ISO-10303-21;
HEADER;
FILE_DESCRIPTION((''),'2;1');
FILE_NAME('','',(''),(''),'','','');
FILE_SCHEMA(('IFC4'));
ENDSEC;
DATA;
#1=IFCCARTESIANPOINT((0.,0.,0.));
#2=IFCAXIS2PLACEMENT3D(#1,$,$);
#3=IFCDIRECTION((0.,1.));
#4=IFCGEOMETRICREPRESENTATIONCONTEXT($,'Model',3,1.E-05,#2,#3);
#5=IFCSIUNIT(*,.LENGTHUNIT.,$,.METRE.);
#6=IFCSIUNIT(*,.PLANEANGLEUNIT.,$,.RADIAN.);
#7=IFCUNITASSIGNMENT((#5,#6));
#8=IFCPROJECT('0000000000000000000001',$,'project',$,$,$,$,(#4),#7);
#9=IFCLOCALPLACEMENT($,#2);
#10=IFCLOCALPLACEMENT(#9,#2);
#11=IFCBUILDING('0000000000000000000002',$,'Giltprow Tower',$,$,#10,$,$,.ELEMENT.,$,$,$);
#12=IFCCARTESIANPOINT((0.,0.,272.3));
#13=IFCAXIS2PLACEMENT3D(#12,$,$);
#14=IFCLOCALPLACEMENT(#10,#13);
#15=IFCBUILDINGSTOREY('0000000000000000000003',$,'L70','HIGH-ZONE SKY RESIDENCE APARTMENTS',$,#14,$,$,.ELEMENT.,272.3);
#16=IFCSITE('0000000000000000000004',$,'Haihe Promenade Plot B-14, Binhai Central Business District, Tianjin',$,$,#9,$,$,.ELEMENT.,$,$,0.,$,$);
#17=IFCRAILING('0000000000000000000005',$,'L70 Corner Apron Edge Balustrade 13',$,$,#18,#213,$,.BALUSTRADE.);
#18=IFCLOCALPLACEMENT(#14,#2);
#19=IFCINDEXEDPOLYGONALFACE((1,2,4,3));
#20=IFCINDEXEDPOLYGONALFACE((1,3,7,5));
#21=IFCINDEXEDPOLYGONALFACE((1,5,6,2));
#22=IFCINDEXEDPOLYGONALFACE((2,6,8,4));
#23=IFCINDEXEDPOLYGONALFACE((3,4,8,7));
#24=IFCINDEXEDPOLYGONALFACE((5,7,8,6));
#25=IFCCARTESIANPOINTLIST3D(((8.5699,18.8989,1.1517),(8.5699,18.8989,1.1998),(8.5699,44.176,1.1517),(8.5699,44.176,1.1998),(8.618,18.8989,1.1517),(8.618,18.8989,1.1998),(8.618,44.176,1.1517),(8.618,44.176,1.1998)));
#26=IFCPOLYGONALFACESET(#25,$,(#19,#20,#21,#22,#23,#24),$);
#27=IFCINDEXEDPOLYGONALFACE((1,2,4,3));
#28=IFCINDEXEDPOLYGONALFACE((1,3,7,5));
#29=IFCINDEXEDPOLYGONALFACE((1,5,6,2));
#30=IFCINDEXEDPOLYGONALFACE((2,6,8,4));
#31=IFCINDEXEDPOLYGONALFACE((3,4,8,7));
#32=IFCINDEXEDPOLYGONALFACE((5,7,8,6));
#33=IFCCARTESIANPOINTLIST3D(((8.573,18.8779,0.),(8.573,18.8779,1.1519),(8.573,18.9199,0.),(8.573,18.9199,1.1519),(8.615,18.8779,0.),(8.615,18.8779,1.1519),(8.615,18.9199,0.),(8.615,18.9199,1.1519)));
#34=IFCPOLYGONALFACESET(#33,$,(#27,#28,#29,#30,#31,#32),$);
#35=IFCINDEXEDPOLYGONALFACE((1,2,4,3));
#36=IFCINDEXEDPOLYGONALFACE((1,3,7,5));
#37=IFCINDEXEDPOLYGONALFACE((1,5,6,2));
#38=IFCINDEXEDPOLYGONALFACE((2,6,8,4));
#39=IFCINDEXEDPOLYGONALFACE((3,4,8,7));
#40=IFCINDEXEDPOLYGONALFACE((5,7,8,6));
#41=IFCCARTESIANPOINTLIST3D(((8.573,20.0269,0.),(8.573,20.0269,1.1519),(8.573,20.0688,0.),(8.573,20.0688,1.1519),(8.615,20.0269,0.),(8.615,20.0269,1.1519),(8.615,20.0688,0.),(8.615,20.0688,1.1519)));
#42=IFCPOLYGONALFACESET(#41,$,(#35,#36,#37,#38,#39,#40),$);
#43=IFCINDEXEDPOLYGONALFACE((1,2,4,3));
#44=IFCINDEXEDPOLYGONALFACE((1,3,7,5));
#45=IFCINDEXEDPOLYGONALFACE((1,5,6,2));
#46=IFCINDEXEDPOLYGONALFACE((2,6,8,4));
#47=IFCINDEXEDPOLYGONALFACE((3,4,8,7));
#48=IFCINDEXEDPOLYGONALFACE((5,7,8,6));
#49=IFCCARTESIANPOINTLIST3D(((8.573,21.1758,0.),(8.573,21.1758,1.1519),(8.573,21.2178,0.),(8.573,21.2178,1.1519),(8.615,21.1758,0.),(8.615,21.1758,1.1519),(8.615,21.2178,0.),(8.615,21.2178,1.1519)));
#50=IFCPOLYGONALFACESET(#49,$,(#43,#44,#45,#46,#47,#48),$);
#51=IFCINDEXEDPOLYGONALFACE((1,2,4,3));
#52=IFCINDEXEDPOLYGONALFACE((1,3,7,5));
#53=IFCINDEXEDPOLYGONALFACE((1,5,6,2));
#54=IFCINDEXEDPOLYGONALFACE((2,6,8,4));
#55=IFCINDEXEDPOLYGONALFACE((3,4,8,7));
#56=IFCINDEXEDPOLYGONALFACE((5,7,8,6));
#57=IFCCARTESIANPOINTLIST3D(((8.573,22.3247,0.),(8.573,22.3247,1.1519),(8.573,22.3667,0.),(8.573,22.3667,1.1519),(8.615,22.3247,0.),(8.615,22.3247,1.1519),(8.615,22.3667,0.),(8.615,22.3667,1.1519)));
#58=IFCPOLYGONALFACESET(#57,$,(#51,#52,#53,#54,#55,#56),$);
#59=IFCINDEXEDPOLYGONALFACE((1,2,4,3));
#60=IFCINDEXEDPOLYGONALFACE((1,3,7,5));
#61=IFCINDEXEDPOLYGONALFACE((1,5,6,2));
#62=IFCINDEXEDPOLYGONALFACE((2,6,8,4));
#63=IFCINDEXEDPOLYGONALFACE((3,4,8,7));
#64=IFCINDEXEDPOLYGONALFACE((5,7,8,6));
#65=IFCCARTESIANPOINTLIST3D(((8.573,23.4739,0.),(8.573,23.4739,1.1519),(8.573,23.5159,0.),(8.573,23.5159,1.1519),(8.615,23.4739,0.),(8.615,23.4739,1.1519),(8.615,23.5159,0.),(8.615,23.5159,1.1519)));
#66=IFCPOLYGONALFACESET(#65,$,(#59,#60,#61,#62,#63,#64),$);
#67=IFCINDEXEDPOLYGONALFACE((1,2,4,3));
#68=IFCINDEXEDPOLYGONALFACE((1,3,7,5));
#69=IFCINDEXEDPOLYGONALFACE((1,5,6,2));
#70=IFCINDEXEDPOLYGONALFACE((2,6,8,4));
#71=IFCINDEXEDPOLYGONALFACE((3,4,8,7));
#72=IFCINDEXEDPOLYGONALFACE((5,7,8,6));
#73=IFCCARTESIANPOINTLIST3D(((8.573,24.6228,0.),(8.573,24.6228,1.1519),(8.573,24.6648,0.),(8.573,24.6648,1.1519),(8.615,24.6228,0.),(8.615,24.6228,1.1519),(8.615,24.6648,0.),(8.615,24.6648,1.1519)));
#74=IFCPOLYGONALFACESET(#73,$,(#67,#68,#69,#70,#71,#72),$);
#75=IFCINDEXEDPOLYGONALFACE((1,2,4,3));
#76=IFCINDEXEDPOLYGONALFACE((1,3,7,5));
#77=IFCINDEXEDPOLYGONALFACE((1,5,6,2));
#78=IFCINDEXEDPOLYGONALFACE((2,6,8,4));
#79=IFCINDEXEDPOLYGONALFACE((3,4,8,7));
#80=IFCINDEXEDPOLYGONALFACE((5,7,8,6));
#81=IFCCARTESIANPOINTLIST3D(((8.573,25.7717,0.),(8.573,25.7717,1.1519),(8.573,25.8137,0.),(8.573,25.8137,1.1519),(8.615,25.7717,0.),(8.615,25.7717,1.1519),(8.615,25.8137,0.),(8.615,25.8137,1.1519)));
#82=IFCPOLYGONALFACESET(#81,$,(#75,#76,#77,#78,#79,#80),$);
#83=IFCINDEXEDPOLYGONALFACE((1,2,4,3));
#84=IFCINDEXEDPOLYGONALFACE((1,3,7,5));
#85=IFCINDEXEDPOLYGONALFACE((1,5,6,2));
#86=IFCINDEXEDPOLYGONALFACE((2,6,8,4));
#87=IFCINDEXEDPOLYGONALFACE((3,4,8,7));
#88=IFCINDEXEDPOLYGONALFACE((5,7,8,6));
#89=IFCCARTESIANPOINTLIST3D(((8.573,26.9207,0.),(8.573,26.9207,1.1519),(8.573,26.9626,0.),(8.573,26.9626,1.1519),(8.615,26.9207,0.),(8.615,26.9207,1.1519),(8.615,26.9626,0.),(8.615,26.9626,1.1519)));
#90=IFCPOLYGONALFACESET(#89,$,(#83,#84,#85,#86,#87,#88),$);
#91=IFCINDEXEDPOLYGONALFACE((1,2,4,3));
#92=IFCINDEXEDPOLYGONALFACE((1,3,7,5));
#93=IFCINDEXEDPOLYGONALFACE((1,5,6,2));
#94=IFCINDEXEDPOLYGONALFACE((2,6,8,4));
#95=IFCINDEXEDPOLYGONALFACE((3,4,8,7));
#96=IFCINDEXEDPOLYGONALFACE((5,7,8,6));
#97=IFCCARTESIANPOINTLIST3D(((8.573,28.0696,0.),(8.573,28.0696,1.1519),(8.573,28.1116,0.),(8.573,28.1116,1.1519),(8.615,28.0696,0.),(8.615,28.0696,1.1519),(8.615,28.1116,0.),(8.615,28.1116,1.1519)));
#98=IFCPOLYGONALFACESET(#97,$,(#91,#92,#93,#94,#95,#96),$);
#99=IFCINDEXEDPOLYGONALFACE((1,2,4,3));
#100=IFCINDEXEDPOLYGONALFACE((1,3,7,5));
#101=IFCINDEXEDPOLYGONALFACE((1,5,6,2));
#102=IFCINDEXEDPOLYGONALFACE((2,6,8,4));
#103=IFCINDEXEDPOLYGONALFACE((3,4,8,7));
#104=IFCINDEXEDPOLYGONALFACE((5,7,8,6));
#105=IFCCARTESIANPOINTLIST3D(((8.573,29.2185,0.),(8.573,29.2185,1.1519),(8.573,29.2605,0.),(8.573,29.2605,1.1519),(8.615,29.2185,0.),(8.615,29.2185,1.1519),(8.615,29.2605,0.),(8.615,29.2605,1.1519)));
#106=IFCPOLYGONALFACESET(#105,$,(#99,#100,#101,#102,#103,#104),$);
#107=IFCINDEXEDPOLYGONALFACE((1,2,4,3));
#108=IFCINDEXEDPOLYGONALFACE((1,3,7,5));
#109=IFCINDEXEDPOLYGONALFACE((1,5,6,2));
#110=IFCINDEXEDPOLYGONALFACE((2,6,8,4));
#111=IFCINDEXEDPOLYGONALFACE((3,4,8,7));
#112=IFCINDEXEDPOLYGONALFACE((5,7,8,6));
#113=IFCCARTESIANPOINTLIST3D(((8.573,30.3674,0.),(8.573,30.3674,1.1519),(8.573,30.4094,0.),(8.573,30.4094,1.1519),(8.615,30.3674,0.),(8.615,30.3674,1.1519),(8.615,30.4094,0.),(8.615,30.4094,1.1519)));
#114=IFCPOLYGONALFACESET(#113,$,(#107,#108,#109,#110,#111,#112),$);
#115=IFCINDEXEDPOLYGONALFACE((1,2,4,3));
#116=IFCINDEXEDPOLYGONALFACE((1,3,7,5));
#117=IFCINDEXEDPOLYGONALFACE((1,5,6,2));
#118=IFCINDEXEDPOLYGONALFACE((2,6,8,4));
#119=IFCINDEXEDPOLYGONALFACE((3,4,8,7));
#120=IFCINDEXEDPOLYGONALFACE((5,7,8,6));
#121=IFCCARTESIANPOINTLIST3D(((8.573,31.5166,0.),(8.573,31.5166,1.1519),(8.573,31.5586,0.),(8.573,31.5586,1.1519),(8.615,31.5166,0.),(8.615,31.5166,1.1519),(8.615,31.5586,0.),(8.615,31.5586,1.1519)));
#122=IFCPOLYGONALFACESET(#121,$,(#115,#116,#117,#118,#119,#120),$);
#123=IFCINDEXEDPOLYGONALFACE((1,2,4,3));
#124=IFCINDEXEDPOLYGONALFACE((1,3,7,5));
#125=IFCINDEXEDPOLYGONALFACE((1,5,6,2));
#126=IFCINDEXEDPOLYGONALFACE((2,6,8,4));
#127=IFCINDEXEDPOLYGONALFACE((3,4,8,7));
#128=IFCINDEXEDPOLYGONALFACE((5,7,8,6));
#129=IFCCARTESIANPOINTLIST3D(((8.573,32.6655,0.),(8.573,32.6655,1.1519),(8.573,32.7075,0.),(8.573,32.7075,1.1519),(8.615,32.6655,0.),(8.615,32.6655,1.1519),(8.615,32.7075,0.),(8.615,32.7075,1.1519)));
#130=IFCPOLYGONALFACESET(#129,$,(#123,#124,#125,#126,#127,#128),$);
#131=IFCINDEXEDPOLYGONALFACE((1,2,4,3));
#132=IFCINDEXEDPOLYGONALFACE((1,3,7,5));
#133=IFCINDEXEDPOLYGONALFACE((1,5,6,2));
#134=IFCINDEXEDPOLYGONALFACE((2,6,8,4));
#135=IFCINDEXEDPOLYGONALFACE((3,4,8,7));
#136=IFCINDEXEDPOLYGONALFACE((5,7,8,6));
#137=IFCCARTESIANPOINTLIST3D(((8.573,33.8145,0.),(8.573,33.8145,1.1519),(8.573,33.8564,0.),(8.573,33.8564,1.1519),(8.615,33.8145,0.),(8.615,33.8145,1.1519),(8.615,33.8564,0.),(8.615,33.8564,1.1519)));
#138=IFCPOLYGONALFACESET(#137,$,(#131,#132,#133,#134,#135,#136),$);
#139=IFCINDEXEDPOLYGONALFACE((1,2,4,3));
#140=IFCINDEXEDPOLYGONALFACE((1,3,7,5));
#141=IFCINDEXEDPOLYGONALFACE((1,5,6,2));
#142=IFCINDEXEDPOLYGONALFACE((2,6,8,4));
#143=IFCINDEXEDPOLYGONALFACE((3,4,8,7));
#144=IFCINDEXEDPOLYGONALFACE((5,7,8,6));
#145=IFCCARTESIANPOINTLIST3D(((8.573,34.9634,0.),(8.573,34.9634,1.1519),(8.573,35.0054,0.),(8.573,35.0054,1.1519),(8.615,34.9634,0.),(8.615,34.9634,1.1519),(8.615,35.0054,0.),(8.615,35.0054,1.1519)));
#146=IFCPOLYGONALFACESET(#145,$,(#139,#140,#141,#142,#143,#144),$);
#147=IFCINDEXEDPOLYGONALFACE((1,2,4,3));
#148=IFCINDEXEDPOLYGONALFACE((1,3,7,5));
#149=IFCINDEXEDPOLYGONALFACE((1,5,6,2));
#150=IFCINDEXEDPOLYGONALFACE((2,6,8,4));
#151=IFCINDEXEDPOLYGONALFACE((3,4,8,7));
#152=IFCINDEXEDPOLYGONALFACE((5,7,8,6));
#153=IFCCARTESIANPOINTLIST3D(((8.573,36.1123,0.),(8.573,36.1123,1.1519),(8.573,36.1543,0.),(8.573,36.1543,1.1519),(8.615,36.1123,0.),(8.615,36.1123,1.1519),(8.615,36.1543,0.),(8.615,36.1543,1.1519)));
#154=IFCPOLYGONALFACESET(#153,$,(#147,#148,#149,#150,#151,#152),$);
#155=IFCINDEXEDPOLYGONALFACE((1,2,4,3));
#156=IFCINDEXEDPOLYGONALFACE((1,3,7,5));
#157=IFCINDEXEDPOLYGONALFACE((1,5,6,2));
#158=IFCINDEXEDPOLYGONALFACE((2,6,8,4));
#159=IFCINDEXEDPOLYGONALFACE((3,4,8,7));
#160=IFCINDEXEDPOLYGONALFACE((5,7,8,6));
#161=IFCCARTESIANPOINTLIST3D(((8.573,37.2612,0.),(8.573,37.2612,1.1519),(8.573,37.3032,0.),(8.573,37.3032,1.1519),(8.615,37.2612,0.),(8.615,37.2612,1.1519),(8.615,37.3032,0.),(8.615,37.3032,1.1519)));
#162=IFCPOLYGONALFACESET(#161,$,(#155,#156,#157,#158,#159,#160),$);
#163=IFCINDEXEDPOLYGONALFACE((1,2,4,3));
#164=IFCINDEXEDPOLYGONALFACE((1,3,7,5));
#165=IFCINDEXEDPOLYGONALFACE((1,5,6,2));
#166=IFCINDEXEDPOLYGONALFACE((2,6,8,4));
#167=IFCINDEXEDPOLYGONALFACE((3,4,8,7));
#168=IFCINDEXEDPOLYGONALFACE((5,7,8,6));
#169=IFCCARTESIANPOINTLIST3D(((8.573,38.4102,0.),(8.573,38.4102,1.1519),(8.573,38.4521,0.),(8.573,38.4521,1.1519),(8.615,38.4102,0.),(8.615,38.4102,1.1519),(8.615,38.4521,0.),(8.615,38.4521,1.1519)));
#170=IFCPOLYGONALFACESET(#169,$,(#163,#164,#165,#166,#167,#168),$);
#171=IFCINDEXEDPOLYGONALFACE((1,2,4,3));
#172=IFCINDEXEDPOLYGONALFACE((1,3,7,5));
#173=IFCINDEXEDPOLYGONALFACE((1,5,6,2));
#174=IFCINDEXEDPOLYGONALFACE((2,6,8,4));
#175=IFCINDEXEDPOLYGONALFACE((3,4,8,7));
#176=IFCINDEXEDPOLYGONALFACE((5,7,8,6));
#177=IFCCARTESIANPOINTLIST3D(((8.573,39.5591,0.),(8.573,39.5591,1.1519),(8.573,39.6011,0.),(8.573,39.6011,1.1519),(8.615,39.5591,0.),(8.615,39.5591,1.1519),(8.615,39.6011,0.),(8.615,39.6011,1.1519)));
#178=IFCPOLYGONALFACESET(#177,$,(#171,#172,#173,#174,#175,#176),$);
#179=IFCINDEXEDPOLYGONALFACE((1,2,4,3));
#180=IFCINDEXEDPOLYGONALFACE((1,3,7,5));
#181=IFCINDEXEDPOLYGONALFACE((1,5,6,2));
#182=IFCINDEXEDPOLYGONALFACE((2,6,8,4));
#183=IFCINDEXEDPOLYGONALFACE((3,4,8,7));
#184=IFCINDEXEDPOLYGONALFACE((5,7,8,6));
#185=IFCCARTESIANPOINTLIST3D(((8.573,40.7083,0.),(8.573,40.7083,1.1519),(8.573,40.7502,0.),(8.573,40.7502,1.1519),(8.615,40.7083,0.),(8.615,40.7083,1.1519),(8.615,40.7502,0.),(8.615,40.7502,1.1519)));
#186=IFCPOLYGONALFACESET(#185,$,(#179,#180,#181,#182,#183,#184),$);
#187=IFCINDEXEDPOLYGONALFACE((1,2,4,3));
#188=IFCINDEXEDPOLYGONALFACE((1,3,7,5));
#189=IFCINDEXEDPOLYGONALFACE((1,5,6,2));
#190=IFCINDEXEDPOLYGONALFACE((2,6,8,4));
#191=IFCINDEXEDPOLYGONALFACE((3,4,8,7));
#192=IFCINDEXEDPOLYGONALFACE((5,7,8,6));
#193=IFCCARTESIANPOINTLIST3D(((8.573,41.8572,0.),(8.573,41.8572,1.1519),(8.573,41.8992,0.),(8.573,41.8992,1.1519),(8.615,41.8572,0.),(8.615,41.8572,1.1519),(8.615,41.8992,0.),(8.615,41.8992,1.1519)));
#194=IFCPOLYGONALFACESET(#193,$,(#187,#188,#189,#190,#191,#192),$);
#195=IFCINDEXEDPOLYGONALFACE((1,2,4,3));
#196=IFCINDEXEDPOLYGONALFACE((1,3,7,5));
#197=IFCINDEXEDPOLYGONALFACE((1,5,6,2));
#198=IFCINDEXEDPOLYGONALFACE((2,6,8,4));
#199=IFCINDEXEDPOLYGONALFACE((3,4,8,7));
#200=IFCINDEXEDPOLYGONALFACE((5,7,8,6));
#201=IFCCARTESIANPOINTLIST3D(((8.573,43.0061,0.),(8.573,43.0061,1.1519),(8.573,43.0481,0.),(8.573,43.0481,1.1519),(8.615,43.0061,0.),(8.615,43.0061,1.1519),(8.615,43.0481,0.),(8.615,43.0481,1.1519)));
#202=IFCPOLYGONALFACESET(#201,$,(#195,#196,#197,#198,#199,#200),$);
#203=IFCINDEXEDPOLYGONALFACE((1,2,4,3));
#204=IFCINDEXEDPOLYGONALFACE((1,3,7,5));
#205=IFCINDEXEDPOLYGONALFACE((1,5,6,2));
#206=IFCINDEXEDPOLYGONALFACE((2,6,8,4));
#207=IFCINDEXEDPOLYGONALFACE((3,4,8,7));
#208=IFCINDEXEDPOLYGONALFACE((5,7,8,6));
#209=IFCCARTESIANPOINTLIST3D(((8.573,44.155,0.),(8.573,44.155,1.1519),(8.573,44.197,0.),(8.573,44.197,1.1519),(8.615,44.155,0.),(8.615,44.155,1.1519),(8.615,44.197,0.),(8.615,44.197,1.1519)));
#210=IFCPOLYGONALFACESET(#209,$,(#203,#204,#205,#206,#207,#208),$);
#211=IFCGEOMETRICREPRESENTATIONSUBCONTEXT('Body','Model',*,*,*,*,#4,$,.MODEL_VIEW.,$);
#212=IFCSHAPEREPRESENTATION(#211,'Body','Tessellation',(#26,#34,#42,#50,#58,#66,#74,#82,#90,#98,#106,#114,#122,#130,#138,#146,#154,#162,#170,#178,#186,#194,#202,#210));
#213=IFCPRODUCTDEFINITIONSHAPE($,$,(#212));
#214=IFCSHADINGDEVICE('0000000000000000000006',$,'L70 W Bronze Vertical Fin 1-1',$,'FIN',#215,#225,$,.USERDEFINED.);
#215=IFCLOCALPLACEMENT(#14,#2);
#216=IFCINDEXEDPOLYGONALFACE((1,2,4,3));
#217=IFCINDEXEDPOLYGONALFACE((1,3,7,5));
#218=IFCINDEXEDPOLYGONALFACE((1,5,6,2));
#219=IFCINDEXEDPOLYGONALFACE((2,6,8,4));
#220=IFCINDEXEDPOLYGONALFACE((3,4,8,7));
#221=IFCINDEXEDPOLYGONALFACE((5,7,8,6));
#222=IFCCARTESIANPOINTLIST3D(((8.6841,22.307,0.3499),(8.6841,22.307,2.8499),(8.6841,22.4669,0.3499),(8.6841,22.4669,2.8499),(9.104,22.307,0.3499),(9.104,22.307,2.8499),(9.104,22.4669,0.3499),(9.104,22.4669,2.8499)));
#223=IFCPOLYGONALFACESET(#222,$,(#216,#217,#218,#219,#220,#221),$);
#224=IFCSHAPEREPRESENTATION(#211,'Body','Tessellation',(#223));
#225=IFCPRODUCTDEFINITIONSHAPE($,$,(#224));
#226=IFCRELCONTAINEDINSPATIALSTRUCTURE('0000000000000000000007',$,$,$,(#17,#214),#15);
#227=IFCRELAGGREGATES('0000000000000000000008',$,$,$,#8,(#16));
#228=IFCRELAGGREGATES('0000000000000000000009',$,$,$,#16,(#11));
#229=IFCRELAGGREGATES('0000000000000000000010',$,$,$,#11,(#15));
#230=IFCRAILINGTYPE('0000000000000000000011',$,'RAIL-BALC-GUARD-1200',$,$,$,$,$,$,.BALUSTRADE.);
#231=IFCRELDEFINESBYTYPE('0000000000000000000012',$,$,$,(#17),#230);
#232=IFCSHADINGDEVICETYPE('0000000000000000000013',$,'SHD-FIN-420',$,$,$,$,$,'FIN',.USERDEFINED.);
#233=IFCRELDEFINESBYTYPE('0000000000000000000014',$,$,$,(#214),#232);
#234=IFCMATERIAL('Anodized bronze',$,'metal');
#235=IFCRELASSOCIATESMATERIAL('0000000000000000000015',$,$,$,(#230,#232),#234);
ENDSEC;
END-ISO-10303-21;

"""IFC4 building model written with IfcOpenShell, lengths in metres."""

from ifc_helpers import new_model, si_unit, direction, frame, origin, origin_2d, place, context, subcontext, project, spatial, rectangle, extrude, source, transform, mapped, material, type_object, element, save


model = new_model("IFC4")

# Units and contexts
model_context = context("Model", 3, precision=1e-05, world=origin(), true_north=direction((0.0, 1.0)))
body_context = subcontext(model_context, "Body", "Model", "MODEL_VIEW")
ifc_project = project(units=[si_unit("LENGTHUNIT", "METRE"), si_unit("PLANEANGLEUNIT", "RADIAN")], contexts=[model_context])

# Site, building, storey
site_placement = place(None, origin())
site = spatial("IfcSite", under=ifc_project, at=site_placement, Name="Haihe Promenade Plot B-14, Binhai Central Business District, Tianjin", CompositionType="ELEMENT", RefElevation=0.0)
building_placement = place(site_placement, origin())
building = spatial("IfcBuilding", under=site, at=building_placement, Name="Giltprow Tower", CompositionType="ELEMENT")
storey_placement = place(building_placement, frame((0.0, 0.0, 272.3)))
storey = spatial("IfcBuildingStorey", under=building, at=storey_placement, Name="L70", Description="HIGH-ZONE SKY RESIDENCE APARTMENTS", CompositionType="ELEMENT", Elevation=272.3)

# Railing
ifc_material_1 = material(Name="Anodized bronze", Category="metal")
railing_type = type_object("IfcRailingType", Name="RAIL-BALC-GUARD-1200", PredefinedType="BALUSTRADE", material=ifc_material_1)
railing_1_placement = place(storey_placement, frame((8.594, 18.8989, 0.0)))
element("IfcRailing", 1, at=railing_1_placement, inside=storey, type_object=railing_type, Name="L70 Corner Apron Edge Balustrade 13", PredefinedType="BALUSTRADE", context=body_context, shape_type="SweptSolid", body=[
    extrude(rectangle(XDim=0.0481, YDim=0.0481, at=origin_2d()), frame((0.0, 0.0, 1.1758), z_axis=(0.0, 1.0, 0.0), x_axis=(-1.0, 0.0, 0.0)), (0.0, 0.0, 1.0), 25.2771),
    extrude(rectangle(XDim=0.042, YDim=0.042, at=origin_2d()), origin(), (0.0, 0.0, 1.0), 1.1519),
    extrude(rectangle(XDim=0.042, YDim=0.042, at=origin_2d()), frame((0.0, 1.1489, 0.0)), (0.0, 0.0, 1.0), 1.1519),
    extrude(rectangle(XDim=0.042, YDim=0.042, at=origin_2d()), frame((0.0, 2.2979, 0.0)), (0.0, 0.0, 1.0), 1.1519),
    extrude(rectangle(XDim=0.042, YDim=0.042, at=origin_2d()), frame((0.0, 3.4468, 0.0)), (0.0, 0.0, 1.0), 1.1519),
    extrude(rectangle(XDim=0.042, YDim=0.042, at=origin_2d()), frame((0.0, 4.5959, 0.0)), (0.0, 0.0, 1.0), 1.1519),
    extrude(rectangle(XDim=0.042, YDim=0.042, at=origin_2d()), frame((0.0, 5.7449, 0.0)), (0.0, 0.0, 1.0), 1.1519),
    extrude(rectangle(XDim=0.042, YDim=0.042, at=origin_2d()), frame((0.0, 6.8938, 0.0)), (0.0, 0.0, 1.0), 1.1519),
    extrude(rectangle(XDim=0.042, YDim=0.042, at=origin_2d()), frame((0.0, 8.0427, 0.0)), (0.0, 0.0, 1.0), 1.1519),
    extrude(rectangle(XDim=0.042, YDim=0.042, at=origin_2d()), frame((0.0, 9.1917, 0.0)), (0.0, 0.0, 1.0), 1.1519),
    extrude(rectangle(XDim=0.042, YDim=0.042, at=origin_2d()), frame((0.0, 10.3406, 0.0)), (0.0, 0.0, 1.0), 1.1519),
    extrude(rectangle(XDim=0.042, YDim=0.042, at=origin_2d()), frame((0.0, 11.4895, 0.0)), (0.0, 0.0, 1.0), 1.1519),
    extrude(rectangle(XDim=0.042, YDim=0.042, at=origin_2d()), frame((0.0, 12.6387, 0.0)), (0.0, 0.0, 1.0), 1.1519),
    extrude(rectangle(XDim=0.042, YDim=0.042, at=origin_2d()), frame((0.0, 13.7876, 0.0)), (0.0, 0.0, 1.0), 1.1519),
    extrude(rectangle(XDim=0.042, YDim=0.042, at=origin_2d()), frame((0.0, 14.9365, 0.0)), (0.0, 0.0, 1.0), 1.1519),
    extrude(rectangle(XDim=0.042, YDim=0.042, at=origin_2d()), frame((0.0, 16.0854, 0.0)), (0.0, 0.0, 1.0), 1.1519),
    extrude(rectangle(XDim=0.042, YDim=0.042, at=origin_2d()), frame((0.0, 17.2344, 0.0)), (0.0, 0.0, 1.0), 1.1519),
    extrude(rectangle(XDim=0.042, YDim=0.042, at=origin_2d()), frame((0.0, 18.3833, 0.0)), (0.0, 0.0, 1.0), 1.1519),
    extrude(rectangle(XDim=0.042, YDim=0.042, at=origin_2d()), frame((0.0, 19.5322, 0.0)), (0.0, 0.0, 1.0), 1.1519),
    extrude(rectangle(XDim=0.042, YDim=0.042, at=origin_2d()), frame((0.0, 20.6812, 0.0)), (0.0, 0.0, 1.0), 1.1519),
    extrude(rectangle(XDim=0.042, YDim=0.042, at=origin_2d()), frame((0.0, 21.8303, 0.0)), (0.0, 0.0, 1.0), 1.1519),
    extrude(rectangle(XDim=0.042, YDim=0.042, at=origin_2d()), frame((0.0, 22.9792, 0.0)), (0.0, 0.0, 1.0), 1.1519),
    extrude(rectangle(XDim=0.042, YDim=0.042, at=origin_2d()), frame((0.0, 24.1282, 0.0)), (0.0, 0.0, 1.0), 1.1519),
    extrude(rectangle(XDim=0.042, YDim=0.042, at=origin_2d()), frame((0.0, 25.2771, 0.0)), (0.0, 0.0, 1.0), 1.1519),
])

# Shading device
shading_device_type = type_object("IfcShadingDeviceType", Name="SHD-FIN-420", ElementType="FIN", PredefinedType="USERDEFINED", material=ifc_material_1)
shared_shape_1 = source(origin(), body_context, "Body", "SweptSolid", [
    extrude(rectangle(XDim=0.4199, YDim=0.1599, at=origin_2d()), origin(), (0.0, 0.0, 1.0), 2.5),
])
shading_device_placement = place(storey_placement, frame((8.894, 22.387, 0.3499), z_axis=(0.0, 0.0, 1.0), x_axis=(1.0, 0.0, 0.0)))
element("IfcShadingDevice", 2, at=shading_device_placement, inside=storey, type_object=shading_device_type, Name="L70 W Bronze Vertical Fin 1-1", ObjectType="FIN", PredefinedType="USERDEFINED", context=body_context, shape_type="MappedRepresentation", body=[
    mapped(shared_shape_1, transform((0.0, 0.0, 0.0), x_axis=(1.0, 0.0, 0.0), y_axis=(0.0, 1.0, 0.0), z_axis=(0.0, 0.0, 1.0), scale=1.0)),
])

save(model, "model.ifc")
